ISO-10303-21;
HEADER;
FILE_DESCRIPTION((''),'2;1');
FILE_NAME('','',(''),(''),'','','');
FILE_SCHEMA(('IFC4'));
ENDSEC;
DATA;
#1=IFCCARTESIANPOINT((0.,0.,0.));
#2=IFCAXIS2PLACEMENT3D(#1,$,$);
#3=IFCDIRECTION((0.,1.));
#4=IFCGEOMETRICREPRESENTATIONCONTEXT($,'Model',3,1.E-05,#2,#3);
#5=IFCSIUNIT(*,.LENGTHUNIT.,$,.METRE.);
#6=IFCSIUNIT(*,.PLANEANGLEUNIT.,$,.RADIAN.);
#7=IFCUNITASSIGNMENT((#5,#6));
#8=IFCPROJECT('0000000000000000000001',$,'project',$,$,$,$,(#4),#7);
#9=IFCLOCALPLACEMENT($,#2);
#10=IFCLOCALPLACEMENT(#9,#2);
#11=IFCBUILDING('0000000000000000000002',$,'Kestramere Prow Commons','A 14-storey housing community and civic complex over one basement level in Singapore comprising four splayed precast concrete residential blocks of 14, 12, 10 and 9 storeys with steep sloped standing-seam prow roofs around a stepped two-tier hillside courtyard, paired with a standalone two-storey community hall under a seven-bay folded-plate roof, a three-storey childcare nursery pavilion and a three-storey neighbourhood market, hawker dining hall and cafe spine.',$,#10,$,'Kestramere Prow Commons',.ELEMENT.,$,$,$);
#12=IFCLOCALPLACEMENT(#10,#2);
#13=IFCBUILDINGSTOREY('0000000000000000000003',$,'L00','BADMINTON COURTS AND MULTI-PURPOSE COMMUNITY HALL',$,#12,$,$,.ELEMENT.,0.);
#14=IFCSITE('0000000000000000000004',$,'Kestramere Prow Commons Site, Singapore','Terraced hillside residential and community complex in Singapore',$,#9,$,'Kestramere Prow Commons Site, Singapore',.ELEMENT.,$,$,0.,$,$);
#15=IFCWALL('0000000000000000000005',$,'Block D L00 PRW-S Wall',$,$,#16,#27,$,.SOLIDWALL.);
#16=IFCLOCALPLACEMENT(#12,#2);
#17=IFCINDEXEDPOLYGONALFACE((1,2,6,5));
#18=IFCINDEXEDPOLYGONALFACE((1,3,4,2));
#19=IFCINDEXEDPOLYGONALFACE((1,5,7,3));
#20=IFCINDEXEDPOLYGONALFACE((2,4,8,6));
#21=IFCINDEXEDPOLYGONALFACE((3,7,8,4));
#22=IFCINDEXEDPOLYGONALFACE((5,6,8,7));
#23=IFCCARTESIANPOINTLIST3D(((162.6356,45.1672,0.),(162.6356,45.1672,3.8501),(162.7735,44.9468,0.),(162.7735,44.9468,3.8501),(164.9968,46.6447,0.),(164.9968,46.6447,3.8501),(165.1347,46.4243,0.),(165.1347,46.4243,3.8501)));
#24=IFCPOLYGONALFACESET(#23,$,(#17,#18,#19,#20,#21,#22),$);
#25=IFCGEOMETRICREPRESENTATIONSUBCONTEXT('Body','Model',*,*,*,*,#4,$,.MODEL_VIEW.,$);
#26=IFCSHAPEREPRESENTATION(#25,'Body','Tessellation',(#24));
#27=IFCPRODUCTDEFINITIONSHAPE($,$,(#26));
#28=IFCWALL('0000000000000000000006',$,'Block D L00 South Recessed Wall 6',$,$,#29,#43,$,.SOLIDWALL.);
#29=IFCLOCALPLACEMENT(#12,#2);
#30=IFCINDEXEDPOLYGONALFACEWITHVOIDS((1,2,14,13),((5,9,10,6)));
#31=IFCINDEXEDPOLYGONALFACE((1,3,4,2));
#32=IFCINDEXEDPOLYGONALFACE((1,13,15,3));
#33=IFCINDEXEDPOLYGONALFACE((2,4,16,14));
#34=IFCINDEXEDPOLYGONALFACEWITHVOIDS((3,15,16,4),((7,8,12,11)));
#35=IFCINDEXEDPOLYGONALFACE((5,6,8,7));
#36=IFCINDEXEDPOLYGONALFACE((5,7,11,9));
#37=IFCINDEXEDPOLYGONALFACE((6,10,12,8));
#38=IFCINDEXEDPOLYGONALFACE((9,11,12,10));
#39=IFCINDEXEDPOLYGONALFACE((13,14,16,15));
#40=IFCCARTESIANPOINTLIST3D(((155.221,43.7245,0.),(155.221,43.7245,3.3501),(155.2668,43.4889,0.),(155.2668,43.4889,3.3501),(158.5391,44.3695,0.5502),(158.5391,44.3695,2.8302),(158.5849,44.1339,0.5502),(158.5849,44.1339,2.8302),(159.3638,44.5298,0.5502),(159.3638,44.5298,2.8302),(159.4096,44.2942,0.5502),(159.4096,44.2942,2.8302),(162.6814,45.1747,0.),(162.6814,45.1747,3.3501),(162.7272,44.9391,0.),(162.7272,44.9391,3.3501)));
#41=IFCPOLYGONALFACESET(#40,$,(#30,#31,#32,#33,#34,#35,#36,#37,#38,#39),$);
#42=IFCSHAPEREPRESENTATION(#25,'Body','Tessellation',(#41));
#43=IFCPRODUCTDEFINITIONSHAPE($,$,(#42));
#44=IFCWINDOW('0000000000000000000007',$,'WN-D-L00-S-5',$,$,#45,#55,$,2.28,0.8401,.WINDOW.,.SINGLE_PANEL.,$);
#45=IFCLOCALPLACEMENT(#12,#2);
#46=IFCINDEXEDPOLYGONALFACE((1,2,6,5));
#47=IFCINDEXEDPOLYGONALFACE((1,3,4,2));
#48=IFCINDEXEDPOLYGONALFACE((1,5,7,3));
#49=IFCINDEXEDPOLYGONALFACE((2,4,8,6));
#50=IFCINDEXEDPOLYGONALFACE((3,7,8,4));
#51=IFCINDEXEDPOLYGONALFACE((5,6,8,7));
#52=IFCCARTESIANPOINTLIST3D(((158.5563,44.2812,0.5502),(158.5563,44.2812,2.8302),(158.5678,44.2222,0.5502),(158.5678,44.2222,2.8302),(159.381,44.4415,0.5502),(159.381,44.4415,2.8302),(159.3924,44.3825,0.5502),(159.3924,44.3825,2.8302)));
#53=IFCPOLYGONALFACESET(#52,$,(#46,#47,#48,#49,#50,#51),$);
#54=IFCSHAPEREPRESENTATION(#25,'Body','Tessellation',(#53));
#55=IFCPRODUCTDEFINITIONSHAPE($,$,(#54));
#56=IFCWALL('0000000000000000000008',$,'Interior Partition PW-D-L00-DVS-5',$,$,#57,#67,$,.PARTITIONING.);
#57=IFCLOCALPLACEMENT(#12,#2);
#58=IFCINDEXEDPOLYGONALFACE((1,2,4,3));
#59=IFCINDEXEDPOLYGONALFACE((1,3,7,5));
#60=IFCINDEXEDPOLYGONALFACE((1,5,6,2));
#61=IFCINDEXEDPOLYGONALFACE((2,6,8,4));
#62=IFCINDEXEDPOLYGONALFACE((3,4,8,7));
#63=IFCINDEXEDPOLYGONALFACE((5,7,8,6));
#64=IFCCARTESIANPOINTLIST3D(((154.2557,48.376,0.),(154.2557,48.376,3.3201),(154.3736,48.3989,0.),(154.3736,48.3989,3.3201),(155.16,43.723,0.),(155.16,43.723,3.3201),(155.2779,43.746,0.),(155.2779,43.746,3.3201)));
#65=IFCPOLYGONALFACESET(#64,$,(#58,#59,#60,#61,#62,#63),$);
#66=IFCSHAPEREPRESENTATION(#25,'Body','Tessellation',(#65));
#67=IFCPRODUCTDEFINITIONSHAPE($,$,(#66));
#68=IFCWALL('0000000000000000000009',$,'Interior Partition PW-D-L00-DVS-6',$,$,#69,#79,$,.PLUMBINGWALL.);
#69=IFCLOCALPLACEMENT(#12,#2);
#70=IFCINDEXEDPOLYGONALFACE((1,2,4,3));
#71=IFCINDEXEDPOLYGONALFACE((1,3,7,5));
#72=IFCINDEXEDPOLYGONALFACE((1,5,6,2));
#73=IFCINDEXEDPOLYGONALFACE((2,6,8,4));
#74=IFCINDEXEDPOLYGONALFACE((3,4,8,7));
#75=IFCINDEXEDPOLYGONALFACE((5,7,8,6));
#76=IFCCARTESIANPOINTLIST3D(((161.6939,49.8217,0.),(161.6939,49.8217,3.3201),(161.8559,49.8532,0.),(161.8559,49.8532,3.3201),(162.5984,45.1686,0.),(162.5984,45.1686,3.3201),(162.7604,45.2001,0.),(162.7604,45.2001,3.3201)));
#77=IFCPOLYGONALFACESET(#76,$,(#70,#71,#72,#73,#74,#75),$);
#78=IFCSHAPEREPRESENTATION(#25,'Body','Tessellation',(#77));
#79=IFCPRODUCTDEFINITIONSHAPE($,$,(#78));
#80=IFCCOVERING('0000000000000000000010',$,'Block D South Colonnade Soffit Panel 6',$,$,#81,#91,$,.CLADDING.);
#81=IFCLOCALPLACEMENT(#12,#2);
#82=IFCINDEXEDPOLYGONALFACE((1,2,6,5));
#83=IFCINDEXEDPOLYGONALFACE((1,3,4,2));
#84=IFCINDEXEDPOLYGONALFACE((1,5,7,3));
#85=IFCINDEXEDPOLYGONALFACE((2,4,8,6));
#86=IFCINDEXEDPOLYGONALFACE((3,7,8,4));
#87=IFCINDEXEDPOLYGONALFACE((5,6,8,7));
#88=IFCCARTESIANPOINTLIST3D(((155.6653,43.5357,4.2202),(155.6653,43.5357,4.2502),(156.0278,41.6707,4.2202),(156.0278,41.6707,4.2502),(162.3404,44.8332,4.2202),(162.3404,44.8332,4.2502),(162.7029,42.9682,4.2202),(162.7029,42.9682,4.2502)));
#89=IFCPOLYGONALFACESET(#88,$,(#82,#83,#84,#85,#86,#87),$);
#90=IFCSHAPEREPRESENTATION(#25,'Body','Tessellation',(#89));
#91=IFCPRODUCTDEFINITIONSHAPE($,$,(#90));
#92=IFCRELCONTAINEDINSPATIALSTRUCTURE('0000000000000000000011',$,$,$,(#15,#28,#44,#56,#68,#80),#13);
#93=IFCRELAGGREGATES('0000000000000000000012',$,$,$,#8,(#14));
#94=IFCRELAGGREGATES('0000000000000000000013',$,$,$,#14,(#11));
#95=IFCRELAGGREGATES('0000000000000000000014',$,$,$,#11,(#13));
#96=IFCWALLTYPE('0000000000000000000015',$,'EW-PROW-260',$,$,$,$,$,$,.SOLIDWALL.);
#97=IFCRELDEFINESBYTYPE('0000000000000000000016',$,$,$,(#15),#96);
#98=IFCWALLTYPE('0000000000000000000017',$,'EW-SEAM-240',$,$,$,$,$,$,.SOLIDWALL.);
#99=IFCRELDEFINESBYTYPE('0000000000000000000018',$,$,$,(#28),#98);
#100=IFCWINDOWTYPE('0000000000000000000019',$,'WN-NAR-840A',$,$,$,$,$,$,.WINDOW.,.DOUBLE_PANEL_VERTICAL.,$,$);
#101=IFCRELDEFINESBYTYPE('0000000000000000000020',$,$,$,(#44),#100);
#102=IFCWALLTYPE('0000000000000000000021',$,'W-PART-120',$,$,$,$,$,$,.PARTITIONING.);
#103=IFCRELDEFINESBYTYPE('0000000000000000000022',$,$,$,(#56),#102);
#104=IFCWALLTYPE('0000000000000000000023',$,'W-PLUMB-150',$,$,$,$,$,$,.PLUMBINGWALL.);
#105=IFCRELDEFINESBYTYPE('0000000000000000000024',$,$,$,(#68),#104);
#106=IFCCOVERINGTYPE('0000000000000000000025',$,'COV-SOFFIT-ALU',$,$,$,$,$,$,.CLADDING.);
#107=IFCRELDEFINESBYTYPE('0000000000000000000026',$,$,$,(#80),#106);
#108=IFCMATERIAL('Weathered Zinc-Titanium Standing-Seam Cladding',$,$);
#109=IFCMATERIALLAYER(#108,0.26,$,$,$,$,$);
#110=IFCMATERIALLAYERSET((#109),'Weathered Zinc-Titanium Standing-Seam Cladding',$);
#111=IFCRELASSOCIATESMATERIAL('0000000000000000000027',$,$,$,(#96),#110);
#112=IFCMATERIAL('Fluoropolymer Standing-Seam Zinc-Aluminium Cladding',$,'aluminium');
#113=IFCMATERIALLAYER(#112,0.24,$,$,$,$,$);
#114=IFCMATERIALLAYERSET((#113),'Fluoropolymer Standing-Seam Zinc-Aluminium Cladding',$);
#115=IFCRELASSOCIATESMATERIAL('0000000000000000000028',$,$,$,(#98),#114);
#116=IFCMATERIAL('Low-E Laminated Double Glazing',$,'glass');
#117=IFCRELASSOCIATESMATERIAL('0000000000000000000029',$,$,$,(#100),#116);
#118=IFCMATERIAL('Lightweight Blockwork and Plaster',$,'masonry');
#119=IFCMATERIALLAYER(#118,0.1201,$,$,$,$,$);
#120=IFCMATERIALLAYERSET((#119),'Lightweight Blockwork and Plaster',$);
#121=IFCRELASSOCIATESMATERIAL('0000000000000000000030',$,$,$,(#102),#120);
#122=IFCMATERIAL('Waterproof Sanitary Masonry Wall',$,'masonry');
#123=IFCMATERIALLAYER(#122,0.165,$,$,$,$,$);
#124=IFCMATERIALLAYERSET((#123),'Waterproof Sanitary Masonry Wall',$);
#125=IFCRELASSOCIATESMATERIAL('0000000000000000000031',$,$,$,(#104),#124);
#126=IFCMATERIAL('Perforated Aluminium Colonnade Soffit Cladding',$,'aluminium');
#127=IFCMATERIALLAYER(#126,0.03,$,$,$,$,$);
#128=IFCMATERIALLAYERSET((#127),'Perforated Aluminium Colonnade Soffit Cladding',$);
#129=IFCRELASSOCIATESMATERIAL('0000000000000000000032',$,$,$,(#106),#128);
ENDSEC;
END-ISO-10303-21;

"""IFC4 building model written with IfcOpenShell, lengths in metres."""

from ifc_helpers import new_model, si_unit, direction, frame, frame_2d, origin, origin_2d, place, context, subcontext, project, spatial, rectangle, extrude, material, layer, layer_set, type_object, element, fill, save


model = new_model("IFC4")

# Units and contexts
model_context = context("Model", 3, precision=1e-05, world=origin(), true_north=direction((0.0, 1.0)))
body_context = subcontext(model_context, "Body", "Model", "MODEL_VIEW")
ifc_project = project(units=[si_unit("LENGTHUNIT", "METRE"), si_unit("PLANEANGLEUNIT", "RADIAN")], contexts=[model_context])

# Site, building, storey
site_placement = place(None, origin())
site = spatial("IfcSite", under=ifc_project, at=site_placement, Name="Kestramere Prow Commons Site, Singapore", Description="Terraced hillside residential and community complex in Singapore", LongName="Kestramere Prow Commons Site, Singapore", CompositionType="ELEMENT", RefElevation=0.0)
building_placement = place(site_placement, origin())
building = spatial("IfcBuilding", under=site, at=building_placement, Name="Kestramere Prow Commons", Description="A 14-storey housing community and civic complex over one basement level in Singapore comprising four splayed precast concrete residential blocks of 14, 12, 10 and 9 storeys with steep sloped standing-seam prow roofs around a stepped two-tier hillside courtyard, paired with a standalone two-storey community hall under a seven-bay folded-plate roof, a three-storey childcare nursery pavilion and a three-storey neighbourhood market, hawker dining hall and cafe spine.", LongName="Kestramere Prow Commons", CompositionType="ELEMENT")
storey_placement = place(building_placement, origin())
storey = spatial("IfcBuildingStorey", under=building, at=storey_placement, Name="L00", Description="BADMINTON COURTS AND MULTI-PURPOSE COMMUNITY HALL", CompositionType="ELEMENT", Elevation=0.0)

# Wall
ifc_material_1 = material(Name="Weathered Zinc-Titanium Standing-Seam Cladding")
ifc_layer_1 = layer(ifc_material_1, 0.26)
ifc_layer_set_1 = layer_set([ifc_layer_1], Name="Weathered Zinc-Titanium Standing-Seam Cladding")
wall_type_1 = type_object("IfcWallType", Name="EW-PROW-260", PredefinedType="SOLIDWALL", material=ifc_layer_set_1)
wall_1_placement = place(storey_placement, frame((165.0657, 46.5344, 0.0), z_axis=(0.0, 0.0, 1.0), x_axis=(-0.847722, -0.53044, 0.0)))
element("IfcWall", 1, at=wall_1_placement, inside=storey, type_object=wall_type_1, Name="Block D L00 PRW-S Wall", PredefinedType="SOLIDWALL", context=body_context, shape_type="SweptSolid", body=[
    extrude(rectangle(XDim=2.7854, YDim=0.26, at=frame_2d((1.3926, 0.0))), origin(), (0.0, 0.0, 1.0), 3.8501),
])

# Wall, opening, window
ifc_material_2 = material(Name="Fluoropolymer Standing-Seam Zinc-Aluminium Cladding", Category="aluminium")
ifc_layer_2 = layer(ifc_material_2, 0.24)
ifc_layer_set_2 = layer_set([ifc_layer_2], Name="Fluoropolymer Standing-Seam Zinc-Aluminium Cladding")
wall_type_2 = type_object("IfcWallType", Name="EW-SEAM-240", PredefinedType="SOLIDWALL", material=ifc_layer_set_2)
wall_2_placement = place(storey_placement, frame((162.7043, 45.0569, 0.0), z_axis=(0.0, 0.0, 1.0), x_axis=(-0.981626, -0.190813, 0.0)))
wall_2 = element("IfcWall", 2, at=wall_2_placement, inside=storey, type_object=wall_type_2, Name="Block D L00 South Recessed Wall 6", PredefinedType="SOLIDWALL", context=body_context, shape_type="SweptSolid", body=[
    extrude(rectangle(XDim=7.6001, YDim=0.24, at=frame_2d((3.8, 0.0))), origin(), (0.0, 0.0, 1.0), 3.3501),
])
opening_placement = place(wall_2_placement, frame((3.3799, 0.0, 0.55)))
opening = element("IfcOpeningElement", 3, at=opening_placement, cuts=wall_2, PredefinedType="OPENING", context=body_context, shape_type="SweptSolid", body=[
    extrude(rectangle(XDim=0.8401, YDim=2.28, at=frame_2d((0.4199, 1.1401))), frame((0.0, 0.135, 0.0), z_axis=(0.0, -1.0, 0.0), x_axis=(1.0, 0.0, 0.0)), (0.0, 0.0, 1.0), 0.27),
])
ifc_material_3 = material(Name="Low-E Laminated Double Glazing", Category="glass")
window_type = type_object("IfcWindowType", Name="WN-NAR-840A", PartitioningType="DOUBLE_PANEL_VERTICAL", PredefinedType="WINDOW", material=ifc_material_3)
window_placement = place(opening_placement, origin())
window = element("IfcWindow", 4, at=window_placement, inside=storey, type_object=window_type, Name="WN-D-L00-S-5", OverallHeight=2.28, OverallWidth=0.8401, PartitioningType="SINGLE_PANEL", PredefinedType="WINDOW", context=body_context, shape_type="SweptSolid", body=[
    extrude(rectangle(XDim=0.8401, YDim=2.28, at=frame_2d((0.4199, 1.1401))), frame((0.0, 0.03, 0.0), z_axis=(0.0, -1.0, 0.0), x_axis=(1.0, 0.0, 0.0)), (0.0, 0.0, 1.0), 0.0601),
])
fill(opening, window)

# Walls
ifc_material_4 = material(Name="Lightweight Blockwork and Plaster", Category="masonry")
ifc_layer_3 = layer(ifc_material_4, 0.1201)
ifc_layer_set_3 = layer_set([ifc_layer_3], Name="Lightweight Blockwork and Plaster")
wall_type_3 = type_object("IfcWallType", Name="W-PART-120", PredefinedType="PARTITIONING", material=ifc_layer_set_3)
wall_3_placement = place(storey_placement, frame((155.219, 43.7344, 0.0), z_axis=(0.0, 0.0, 1.0), x_axis=(-0.190784, 0.981632, 0.0)))
element("IfcWall", 5, at=wall_3_placement, inside=storey, type_object=wall_type_3, Name="Interior Partition PW-D-L00-DVS-5", PredefinedType="PARTITIONING", context=body_context, shape_type="SweptSolid", body=[
    extrude(rectangle(XDim=4.74, YDim=0.1201, at=frame_2d((2.3701, 0.0))), origin(), (0.0, 0.0, 1.0), 3.3201),
])
ifc_material_5 = material(Name="Waterproof Sanitary Masonry Wall", Category="masonry")
ifc_layer_4 = layer(ifc_material_5, 0.165)
ifc_layer_set_4 = layer_set([ifc_layer_4], Name="Waterproof Sanitary Masonry Wall")
wall_type_4 = type_object("IfcWallType", Name="W-PLUMB-150", PredefinedType="PLUMBINGWALL", material=ifc_layer_set_4)
wall_4_placement = place(storey_placement, frame((162.6794, 45.1843, 0.0), z_axis=(0.0, 0.0, 1.0), x_axis=(-0.190824, 0.981624, 0.0)))
element("IfcWall", 6, at=wall_4_placement, inside=storey, type_object=wall_type_4, Name="Interior Partition PW-D-L00-DVS-6", PredefinedType="PLUMBINGWALL", context=body_context, shape_type="SweptSolid", body=[
    extrude(rectangle(XDim=4.7402, YDim=0.165, at=frame_2d((2.3701, 0.0))), origin(), (0.0, 0.0, 1.0), 3.3201),
])

# Covering
ifc_material_6 = material(Name="Perforated Aluminium Colonnade Soffit Cladding", Category="aluminium")
ifc_layer_5 = layer(ifc_material_6, 0.03)
ifc_layer_set_5 = layer_set([ifc_layer_5], Name="Perforated Aluminium Colonnade Soffit Cladding")
covering_type = type_object("IfcCoveringType", Name="COV-SOFFIT-ALU", PredefinedType="CLADDING", material=ifc_layer_set_5)
covering_placement = place(storey_placement, frame((159.1841, 43.252, 4.2202), z_axis=(0.0, 0.0, 1.0), x_axis=(0.981627, 0.190809, 0.0)))
element("IfcCovering", 7, at=covering_placement, inside=storey, type_object=covering_type, Name="Block D South Colonnade Soffit Panel 6", PredefinedType="CLADDING", context=body_context, shape_type="SweptSolid", body=[
    extrude(rectangle(XDim=6.8, YDim=1.8999, at=origin_2d()), origin(), (0.0, 0.0, 1.0), 0.03),
])

save(model, "model.ifc")
